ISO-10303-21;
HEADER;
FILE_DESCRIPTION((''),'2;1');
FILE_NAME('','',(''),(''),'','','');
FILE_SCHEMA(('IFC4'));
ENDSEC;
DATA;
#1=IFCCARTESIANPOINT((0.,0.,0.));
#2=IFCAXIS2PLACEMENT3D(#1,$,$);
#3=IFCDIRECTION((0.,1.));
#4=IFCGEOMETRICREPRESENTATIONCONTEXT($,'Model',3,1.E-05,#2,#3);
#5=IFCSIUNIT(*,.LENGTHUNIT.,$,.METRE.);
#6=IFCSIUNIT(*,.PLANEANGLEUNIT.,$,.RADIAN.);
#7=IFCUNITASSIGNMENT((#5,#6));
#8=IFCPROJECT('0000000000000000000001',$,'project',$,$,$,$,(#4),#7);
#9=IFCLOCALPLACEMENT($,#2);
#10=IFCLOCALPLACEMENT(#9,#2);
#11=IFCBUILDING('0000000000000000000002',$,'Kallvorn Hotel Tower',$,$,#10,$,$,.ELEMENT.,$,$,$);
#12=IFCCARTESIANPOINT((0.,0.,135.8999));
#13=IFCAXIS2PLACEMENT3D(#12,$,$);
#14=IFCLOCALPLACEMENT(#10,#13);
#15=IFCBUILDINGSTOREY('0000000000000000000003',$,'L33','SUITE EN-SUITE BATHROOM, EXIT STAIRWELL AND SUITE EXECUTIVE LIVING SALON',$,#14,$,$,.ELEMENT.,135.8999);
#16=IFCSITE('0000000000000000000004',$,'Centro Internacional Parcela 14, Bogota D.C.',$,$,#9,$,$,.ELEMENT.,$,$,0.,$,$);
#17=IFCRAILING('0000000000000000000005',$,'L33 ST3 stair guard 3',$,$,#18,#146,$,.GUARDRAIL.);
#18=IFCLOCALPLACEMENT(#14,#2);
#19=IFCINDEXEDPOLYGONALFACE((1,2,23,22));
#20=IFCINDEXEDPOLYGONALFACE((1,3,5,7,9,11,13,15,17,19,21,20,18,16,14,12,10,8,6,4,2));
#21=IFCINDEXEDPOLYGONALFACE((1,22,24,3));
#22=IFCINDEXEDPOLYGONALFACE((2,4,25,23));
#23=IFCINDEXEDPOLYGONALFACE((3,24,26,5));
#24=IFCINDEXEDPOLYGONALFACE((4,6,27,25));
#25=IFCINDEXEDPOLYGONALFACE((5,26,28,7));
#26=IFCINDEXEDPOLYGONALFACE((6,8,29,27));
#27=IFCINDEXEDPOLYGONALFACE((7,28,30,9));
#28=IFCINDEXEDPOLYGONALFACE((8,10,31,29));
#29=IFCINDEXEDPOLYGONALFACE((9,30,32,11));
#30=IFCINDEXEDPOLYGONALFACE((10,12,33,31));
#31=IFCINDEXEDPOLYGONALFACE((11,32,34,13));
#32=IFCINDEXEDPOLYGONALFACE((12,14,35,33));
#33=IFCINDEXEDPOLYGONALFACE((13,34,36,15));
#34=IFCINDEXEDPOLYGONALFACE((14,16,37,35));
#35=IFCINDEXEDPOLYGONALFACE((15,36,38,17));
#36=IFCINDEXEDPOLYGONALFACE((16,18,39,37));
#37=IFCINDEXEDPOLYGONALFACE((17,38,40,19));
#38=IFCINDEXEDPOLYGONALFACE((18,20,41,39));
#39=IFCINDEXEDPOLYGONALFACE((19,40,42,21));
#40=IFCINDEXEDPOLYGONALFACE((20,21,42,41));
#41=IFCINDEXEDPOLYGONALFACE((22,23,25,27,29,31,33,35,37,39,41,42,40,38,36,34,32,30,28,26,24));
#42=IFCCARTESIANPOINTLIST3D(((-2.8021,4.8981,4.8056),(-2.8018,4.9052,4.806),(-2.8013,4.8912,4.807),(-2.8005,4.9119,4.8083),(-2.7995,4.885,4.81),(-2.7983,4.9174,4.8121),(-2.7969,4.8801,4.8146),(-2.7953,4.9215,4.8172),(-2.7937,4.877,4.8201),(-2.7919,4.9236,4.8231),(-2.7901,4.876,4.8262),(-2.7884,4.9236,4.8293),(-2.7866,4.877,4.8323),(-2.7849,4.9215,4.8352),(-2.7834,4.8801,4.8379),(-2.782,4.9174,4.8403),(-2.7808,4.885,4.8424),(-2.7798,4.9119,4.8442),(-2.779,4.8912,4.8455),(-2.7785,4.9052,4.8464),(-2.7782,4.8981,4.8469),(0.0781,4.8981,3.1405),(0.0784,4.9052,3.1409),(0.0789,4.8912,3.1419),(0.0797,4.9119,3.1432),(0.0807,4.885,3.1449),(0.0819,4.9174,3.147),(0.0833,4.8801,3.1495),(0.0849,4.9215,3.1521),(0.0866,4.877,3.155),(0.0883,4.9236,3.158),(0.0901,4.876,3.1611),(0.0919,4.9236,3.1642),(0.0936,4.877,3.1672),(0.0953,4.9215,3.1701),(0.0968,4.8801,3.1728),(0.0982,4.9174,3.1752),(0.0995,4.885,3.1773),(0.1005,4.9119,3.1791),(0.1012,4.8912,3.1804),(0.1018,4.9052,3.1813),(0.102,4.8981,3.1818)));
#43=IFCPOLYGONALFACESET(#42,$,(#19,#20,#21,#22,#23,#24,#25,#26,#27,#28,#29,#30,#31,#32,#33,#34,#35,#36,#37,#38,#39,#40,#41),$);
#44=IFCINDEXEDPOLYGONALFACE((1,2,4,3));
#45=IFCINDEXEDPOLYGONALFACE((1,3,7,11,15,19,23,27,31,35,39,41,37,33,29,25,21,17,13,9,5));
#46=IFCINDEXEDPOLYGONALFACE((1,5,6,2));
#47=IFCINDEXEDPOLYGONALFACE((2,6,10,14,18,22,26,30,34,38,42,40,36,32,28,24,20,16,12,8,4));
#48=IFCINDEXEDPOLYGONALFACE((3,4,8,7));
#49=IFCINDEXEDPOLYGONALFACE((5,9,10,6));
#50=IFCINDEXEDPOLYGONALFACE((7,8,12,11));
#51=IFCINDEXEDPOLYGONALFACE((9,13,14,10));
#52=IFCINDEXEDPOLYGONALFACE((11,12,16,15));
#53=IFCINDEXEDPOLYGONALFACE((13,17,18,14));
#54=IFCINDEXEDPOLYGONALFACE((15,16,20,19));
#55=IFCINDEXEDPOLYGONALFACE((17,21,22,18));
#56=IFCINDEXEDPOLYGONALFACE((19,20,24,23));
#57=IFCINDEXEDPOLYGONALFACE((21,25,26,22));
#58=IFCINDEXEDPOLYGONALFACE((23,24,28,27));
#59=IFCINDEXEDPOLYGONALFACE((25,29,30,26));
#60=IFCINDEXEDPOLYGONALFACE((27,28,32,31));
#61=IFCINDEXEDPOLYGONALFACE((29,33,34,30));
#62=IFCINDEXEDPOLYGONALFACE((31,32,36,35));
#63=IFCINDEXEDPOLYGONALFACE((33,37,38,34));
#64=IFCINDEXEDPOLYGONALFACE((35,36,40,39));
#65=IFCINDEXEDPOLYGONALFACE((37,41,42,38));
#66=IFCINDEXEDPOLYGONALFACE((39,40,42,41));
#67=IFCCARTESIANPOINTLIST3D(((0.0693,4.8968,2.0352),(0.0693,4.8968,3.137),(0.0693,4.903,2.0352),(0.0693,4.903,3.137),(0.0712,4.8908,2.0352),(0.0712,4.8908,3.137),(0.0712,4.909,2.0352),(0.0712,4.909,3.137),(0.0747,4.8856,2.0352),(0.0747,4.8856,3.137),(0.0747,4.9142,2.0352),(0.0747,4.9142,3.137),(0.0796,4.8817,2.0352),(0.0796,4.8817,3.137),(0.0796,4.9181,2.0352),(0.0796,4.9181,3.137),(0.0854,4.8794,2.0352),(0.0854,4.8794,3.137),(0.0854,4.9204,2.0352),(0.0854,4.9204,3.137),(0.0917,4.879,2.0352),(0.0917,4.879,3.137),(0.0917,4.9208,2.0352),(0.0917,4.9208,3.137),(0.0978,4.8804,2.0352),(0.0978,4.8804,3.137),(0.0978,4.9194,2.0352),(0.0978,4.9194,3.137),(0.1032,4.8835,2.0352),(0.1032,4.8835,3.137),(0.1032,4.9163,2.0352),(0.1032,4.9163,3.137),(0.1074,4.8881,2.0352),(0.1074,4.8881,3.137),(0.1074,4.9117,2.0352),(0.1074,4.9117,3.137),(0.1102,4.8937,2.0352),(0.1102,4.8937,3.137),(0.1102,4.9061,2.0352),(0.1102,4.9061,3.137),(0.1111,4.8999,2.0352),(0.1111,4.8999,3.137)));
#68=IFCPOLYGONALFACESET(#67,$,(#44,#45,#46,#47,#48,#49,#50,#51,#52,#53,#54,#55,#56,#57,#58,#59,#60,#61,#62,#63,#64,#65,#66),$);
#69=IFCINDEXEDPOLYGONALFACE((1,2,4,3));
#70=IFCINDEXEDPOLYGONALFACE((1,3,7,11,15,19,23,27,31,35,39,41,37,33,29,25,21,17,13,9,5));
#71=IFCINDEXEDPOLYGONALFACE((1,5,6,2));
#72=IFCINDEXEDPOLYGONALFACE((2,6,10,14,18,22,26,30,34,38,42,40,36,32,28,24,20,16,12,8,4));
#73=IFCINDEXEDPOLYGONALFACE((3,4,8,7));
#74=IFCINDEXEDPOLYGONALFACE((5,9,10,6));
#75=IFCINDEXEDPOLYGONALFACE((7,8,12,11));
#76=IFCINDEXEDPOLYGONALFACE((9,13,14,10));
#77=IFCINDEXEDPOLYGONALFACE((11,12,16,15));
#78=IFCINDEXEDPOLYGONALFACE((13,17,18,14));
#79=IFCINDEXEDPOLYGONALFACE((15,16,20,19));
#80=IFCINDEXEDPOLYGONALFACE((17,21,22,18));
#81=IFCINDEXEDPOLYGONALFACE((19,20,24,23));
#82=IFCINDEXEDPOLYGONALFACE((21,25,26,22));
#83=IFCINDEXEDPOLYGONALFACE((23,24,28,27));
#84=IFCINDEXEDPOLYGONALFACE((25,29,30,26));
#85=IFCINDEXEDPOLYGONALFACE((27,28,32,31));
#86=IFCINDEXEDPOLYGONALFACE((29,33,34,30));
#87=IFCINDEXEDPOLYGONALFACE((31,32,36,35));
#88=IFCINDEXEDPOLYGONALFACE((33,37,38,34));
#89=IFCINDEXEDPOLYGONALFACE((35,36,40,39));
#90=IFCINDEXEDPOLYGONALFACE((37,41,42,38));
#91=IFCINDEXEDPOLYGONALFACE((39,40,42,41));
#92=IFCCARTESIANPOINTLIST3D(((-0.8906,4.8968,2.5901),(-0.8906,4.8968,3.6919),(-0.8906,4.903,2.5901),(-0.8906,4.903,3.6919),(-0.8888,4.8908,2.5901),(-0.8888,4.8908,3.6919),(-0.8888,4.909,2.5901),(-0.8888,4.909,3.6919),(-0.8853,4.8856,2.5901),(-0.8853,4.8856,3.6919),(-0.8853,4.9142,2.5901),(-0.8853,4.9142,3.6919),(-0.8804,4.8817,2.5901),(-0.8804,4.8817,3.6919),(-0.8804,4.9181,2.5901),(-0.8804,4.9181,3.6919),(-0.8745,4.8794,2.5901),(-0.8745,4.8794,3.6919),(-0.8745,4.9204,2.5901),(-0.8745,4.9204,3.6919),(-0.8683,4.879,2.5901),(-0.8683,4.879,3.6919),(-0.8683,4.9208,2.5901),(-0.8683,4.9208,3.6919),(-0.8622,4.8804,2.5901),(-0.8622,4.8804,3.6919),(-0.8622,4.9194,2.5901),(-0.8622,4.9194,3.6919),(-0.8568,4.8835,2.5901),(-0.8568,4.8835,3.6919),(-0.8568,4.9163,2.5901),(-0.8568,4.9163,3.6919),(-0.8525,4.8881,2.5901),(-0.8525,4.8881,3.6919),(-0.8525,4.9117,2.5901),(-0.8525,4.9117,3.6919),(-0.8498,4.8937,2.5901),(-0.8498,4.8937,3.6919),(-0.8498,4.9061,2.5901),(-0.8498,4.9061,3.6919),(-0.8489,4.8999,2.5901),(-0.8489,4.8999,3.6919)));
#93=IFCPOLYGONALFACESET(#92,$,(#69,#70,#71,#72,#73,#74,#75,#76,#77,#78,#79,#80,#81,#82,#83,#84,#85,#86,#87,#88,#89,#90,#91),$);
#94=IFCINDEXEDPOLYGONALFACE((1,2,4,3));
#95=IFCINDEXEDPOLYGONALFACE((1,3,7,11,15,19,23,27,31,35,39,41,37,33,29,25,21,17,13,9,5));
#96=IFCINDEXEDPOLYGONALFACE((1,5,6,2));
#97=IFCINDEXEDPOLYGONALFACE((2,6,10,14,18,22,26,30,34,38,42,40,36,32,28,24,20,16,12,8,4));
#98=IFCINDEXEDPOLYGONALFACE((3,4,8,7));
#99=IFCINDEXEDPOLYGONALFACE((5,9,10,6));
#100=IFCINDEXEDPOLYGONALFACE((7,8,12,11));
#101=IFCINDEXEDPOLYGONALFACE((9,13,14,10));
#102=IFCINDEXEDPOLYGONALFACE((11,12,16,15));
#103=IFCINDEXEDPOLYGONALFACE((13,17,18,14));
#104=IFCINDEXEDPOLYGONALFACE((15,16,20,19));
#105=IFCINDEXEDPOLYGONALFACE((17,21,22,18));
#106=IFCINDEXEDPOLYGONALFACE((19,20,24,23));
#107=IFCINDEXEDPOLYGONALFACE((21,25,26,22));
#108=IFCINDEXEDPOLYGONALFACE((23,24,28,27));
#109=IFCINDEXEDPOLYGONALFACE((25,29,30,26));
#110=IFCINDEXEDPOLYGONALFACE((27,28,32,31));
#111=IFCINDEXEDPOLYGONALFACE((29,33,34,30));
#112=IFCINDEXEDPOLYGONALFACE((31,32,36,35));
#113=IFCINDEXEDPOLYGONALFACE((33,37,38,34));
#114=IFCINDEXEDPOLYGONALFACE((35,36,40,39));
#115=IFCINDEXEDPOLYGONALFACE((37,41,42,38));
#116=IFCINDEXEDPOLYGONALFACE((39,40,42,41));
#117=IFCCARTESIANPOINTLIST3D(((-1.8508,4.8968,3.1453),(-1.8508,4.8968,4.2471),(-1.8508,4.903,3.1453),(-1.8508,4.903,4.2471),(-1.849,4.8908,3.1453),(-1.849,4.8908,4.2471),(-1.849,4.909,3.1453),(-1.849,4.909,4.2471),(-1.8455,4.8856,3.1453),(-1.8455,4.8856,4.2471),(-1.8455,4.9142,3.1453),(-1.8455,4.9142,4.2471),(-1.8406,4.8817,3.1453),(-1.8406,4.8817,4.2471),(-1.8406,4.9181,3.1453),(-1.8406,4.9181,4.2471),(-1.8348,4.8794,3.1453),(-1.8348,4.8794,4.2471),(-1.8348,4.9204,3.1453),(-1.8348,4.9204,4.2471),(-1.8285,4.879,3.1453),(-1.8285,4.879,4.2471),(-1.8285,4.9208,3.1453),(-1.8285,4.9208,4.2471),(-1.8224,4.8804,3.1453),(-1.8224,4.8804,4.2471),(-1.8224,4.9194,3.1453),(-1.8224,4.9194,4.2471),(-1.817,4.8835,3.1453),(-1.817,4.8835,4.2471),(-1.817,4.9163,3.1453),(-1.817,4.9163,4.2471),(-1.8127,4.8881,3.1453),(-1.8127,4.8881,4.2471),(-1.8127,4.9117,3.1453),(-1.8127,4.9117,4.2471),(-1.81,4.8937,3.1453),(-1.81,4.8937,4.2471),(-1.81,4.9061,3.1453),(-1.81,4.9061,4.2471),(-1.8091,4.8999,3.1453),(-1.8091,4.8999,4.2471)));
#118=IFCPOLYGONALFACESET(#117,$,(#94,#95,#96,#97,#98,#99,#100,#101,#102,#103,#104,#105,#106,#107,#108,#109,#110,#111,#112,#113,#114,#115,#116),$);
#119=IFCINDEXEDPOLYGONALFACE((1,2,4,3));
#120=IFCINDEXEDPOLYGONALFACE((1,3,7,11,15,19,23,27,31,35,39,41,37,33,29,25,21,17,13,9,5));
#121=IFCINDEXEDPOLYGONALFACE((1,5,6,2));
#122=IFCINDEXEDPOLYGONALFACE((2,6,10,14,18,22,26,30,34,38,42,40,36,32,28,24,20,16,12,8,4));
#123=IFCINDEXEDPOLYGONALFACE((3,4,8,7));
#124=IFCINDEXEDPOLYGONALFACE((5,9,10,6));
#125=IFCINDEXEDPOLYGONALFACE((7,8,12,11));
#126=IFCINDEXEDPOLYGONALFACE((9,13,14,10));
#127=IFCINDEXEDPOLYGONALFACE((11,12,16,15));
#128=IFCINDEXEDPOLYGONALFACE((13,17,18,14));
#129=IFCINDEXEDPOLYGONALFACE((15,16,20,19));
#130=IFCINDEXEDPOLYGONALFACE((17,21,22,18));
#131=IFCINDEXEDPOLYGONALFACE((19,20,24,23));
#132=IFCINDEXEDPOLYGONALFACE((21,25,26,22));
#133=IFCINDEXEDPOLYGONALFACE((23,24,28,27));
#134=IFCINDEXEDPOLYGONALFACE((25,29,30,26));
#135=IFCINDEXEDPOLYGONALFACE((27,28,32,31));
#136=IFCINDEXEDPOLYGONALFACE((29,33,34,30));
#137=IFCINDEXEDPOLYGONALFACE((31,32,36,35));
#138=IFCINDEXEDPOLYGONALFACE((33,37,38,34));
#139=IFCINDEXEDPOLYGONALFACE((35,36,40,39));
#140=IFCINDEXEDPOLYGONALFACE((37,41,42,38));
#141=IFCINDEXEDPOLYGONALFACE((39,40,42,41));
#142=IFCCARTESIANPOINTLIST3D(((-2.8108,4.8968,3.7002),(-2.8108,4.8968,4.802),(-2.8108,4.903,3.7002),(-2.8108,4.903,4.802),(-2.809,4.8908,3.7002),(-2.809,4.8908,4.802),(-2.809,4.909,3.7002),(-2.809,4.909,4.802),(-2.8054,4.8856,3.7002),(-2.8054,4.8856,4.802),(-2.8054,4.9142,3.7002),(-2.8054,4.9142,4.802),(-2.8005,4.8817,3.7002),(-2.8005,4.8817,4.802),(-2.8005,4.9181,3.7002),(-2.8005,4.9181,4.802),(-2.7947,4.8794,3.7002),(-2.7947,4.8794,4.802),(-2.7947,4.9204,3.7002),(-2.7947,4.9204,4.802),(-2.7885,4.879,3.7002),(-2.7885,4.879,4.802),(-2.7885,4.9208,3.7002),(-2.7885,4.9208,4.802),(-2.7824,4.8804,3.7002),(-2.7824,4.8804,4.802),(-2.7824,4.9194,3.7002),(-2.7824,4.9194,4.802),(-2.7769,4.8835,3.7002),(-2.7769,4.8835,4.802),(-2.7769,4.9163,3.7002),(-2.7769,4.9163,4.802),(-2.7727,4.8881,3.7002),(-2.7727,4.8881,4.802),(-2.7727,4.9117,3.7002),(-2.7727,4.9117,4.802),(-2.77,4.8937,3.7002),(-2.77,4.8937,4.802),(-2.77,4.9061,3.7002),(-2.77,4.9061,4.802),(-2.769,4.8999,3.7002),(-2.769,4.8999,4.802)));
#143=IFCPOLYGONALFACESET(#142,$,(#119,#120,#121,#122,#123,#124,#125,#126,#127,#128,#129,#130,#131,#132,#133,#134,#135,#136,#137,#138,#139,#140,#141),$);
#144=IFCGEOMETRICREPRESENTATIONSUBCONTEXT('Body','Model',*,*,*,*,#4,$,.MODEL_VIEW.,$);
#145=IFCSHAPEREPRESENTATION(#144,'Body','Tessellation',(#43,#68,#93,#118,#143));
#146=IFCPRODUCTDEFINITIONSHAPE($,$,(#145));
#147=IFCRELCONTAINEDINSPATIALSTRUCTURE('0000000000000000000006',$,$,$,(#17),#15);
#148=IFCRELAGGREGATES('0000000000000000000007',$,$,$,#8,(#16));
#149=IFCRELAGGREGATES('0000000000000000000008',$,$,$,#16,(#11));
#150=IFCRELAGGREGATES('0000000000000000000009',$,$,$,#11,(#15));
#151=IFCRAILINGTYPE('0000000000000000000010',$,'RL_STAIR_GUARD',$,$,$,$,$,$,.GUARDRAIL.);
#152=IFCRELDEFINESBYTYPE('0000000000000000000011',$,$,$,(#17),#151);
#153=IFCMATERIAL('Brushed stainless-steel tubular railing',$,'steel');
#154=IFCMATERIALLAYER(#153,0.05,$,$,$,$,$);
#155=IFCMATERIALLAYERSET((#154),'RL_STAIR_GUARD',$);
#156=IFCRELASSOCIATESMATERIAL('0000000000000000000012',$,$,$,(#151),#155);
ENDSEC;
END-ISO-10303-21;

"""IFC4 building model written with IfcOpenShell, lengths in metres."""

from ifc_helpers import new_model, si_unit, direction, frame, origin, origin_2d, place, context, subcontext, project, spatial, circle, extrude, material, layer, layer_set, type_object, element, save


model = new_model("IFC4")

# Units and contexts
model_context = context("Model", 3, precision=1e-05, world=origin(), true_north=direction((0.0, 1.0)))
body_context = subcontext(model_context, "Body", "Model", "MODEL_VIEW")
ifc_project = project(units=[si_unit("LENGTHUNIT", "METRE"), si_unit("PLANEANGLEUNIT", "RADIAN")], contexts=[model_context])

# Site, building, storey
site_placement = place(None, origin())
site = spatial("IfcSite", under=ifc_project, at=site_placement, Name="Centro Internacional Parcela 14, Bogota D.C.", CompositionType="ELEMENT", RefElevation=0.0)
building_placement = place(site_placement, origin())
building = spatial("IfcBuilding", under=site, at=building_placement, Name="Kallvorn Hotel Tower", CompositionType="ELEMENT")
storey_placement = place(building_placement, frame((0.0, 0.0, 135.8999)))
storey = spatial("IfcBuildingStorey", under=building, at=storey_placement, Name="L33", Description="SUITE EN-SUITE BATHROOM, EXIT STAIRWELL AND SUITE EXECUTIVE LIVING SALON", CompositionType="ELEMENT", Elevation=135.8999)

# Railing
ifc_material_1 = material(Name="Brushed stainless-steel tubular railing", Category="steel")
ifc_layer_1 = layer(ifc_material_1, 0.05)
ifc_layer_set_1 = layer_set([ifc_layer_1], Name="RL_STAIR_GUARD")
railing_type_1 = type_object("IfcRailingType", Name="RL_STAIR_GUARD", PredefinedType="GUARDRAIL", material=ifc_layer_set_1)
railing_1_placement = place(storey_placement, frame((0.0901, 4.8999, 2.0352)))
element("IfcRailing", 1, at=railing_1_placement, inside=storey, type_object=railing_type_1, Name="L33 ST3 stair guard 3", PredefinedType="GUARDRAIL", context=body_context, shape_type="SweptSolid", body=[
    extrude(circle(Radius=0.0239, at=origin_2d()), frame((0.0, 0.0, 1.126), z_axis=(-0.865739, 0.0, 0.500495), x_axis=(0.0, -1.0, 0.0)), (0.0, 0.0, 1.0), 3.3269),
    extrude(circle(Radius=0.021, at=origin_2d()), origin(), (0.0, 0.0, 1.0), 1.1018),
    extrude(circle(Radius=0.021, at=origin_2d()), frame((-0.96, 0.0, 0.5549)), (0.0, 0.0, 1.0), 1.1018),
    extrude(circle(Radius=0.021, at=origin_2d()), frame((-1.9202, 0.0, 1.1101)), (0.0, 0.0, 1.0), 1.1018),
    extrude(circle(Radius=0.021, at=origin_2d()), frame((-2.8801, 0.0, 1.665)), (0.0, 0.0, 1.0), 1.1018),
])

save(model, "model.ifc")
